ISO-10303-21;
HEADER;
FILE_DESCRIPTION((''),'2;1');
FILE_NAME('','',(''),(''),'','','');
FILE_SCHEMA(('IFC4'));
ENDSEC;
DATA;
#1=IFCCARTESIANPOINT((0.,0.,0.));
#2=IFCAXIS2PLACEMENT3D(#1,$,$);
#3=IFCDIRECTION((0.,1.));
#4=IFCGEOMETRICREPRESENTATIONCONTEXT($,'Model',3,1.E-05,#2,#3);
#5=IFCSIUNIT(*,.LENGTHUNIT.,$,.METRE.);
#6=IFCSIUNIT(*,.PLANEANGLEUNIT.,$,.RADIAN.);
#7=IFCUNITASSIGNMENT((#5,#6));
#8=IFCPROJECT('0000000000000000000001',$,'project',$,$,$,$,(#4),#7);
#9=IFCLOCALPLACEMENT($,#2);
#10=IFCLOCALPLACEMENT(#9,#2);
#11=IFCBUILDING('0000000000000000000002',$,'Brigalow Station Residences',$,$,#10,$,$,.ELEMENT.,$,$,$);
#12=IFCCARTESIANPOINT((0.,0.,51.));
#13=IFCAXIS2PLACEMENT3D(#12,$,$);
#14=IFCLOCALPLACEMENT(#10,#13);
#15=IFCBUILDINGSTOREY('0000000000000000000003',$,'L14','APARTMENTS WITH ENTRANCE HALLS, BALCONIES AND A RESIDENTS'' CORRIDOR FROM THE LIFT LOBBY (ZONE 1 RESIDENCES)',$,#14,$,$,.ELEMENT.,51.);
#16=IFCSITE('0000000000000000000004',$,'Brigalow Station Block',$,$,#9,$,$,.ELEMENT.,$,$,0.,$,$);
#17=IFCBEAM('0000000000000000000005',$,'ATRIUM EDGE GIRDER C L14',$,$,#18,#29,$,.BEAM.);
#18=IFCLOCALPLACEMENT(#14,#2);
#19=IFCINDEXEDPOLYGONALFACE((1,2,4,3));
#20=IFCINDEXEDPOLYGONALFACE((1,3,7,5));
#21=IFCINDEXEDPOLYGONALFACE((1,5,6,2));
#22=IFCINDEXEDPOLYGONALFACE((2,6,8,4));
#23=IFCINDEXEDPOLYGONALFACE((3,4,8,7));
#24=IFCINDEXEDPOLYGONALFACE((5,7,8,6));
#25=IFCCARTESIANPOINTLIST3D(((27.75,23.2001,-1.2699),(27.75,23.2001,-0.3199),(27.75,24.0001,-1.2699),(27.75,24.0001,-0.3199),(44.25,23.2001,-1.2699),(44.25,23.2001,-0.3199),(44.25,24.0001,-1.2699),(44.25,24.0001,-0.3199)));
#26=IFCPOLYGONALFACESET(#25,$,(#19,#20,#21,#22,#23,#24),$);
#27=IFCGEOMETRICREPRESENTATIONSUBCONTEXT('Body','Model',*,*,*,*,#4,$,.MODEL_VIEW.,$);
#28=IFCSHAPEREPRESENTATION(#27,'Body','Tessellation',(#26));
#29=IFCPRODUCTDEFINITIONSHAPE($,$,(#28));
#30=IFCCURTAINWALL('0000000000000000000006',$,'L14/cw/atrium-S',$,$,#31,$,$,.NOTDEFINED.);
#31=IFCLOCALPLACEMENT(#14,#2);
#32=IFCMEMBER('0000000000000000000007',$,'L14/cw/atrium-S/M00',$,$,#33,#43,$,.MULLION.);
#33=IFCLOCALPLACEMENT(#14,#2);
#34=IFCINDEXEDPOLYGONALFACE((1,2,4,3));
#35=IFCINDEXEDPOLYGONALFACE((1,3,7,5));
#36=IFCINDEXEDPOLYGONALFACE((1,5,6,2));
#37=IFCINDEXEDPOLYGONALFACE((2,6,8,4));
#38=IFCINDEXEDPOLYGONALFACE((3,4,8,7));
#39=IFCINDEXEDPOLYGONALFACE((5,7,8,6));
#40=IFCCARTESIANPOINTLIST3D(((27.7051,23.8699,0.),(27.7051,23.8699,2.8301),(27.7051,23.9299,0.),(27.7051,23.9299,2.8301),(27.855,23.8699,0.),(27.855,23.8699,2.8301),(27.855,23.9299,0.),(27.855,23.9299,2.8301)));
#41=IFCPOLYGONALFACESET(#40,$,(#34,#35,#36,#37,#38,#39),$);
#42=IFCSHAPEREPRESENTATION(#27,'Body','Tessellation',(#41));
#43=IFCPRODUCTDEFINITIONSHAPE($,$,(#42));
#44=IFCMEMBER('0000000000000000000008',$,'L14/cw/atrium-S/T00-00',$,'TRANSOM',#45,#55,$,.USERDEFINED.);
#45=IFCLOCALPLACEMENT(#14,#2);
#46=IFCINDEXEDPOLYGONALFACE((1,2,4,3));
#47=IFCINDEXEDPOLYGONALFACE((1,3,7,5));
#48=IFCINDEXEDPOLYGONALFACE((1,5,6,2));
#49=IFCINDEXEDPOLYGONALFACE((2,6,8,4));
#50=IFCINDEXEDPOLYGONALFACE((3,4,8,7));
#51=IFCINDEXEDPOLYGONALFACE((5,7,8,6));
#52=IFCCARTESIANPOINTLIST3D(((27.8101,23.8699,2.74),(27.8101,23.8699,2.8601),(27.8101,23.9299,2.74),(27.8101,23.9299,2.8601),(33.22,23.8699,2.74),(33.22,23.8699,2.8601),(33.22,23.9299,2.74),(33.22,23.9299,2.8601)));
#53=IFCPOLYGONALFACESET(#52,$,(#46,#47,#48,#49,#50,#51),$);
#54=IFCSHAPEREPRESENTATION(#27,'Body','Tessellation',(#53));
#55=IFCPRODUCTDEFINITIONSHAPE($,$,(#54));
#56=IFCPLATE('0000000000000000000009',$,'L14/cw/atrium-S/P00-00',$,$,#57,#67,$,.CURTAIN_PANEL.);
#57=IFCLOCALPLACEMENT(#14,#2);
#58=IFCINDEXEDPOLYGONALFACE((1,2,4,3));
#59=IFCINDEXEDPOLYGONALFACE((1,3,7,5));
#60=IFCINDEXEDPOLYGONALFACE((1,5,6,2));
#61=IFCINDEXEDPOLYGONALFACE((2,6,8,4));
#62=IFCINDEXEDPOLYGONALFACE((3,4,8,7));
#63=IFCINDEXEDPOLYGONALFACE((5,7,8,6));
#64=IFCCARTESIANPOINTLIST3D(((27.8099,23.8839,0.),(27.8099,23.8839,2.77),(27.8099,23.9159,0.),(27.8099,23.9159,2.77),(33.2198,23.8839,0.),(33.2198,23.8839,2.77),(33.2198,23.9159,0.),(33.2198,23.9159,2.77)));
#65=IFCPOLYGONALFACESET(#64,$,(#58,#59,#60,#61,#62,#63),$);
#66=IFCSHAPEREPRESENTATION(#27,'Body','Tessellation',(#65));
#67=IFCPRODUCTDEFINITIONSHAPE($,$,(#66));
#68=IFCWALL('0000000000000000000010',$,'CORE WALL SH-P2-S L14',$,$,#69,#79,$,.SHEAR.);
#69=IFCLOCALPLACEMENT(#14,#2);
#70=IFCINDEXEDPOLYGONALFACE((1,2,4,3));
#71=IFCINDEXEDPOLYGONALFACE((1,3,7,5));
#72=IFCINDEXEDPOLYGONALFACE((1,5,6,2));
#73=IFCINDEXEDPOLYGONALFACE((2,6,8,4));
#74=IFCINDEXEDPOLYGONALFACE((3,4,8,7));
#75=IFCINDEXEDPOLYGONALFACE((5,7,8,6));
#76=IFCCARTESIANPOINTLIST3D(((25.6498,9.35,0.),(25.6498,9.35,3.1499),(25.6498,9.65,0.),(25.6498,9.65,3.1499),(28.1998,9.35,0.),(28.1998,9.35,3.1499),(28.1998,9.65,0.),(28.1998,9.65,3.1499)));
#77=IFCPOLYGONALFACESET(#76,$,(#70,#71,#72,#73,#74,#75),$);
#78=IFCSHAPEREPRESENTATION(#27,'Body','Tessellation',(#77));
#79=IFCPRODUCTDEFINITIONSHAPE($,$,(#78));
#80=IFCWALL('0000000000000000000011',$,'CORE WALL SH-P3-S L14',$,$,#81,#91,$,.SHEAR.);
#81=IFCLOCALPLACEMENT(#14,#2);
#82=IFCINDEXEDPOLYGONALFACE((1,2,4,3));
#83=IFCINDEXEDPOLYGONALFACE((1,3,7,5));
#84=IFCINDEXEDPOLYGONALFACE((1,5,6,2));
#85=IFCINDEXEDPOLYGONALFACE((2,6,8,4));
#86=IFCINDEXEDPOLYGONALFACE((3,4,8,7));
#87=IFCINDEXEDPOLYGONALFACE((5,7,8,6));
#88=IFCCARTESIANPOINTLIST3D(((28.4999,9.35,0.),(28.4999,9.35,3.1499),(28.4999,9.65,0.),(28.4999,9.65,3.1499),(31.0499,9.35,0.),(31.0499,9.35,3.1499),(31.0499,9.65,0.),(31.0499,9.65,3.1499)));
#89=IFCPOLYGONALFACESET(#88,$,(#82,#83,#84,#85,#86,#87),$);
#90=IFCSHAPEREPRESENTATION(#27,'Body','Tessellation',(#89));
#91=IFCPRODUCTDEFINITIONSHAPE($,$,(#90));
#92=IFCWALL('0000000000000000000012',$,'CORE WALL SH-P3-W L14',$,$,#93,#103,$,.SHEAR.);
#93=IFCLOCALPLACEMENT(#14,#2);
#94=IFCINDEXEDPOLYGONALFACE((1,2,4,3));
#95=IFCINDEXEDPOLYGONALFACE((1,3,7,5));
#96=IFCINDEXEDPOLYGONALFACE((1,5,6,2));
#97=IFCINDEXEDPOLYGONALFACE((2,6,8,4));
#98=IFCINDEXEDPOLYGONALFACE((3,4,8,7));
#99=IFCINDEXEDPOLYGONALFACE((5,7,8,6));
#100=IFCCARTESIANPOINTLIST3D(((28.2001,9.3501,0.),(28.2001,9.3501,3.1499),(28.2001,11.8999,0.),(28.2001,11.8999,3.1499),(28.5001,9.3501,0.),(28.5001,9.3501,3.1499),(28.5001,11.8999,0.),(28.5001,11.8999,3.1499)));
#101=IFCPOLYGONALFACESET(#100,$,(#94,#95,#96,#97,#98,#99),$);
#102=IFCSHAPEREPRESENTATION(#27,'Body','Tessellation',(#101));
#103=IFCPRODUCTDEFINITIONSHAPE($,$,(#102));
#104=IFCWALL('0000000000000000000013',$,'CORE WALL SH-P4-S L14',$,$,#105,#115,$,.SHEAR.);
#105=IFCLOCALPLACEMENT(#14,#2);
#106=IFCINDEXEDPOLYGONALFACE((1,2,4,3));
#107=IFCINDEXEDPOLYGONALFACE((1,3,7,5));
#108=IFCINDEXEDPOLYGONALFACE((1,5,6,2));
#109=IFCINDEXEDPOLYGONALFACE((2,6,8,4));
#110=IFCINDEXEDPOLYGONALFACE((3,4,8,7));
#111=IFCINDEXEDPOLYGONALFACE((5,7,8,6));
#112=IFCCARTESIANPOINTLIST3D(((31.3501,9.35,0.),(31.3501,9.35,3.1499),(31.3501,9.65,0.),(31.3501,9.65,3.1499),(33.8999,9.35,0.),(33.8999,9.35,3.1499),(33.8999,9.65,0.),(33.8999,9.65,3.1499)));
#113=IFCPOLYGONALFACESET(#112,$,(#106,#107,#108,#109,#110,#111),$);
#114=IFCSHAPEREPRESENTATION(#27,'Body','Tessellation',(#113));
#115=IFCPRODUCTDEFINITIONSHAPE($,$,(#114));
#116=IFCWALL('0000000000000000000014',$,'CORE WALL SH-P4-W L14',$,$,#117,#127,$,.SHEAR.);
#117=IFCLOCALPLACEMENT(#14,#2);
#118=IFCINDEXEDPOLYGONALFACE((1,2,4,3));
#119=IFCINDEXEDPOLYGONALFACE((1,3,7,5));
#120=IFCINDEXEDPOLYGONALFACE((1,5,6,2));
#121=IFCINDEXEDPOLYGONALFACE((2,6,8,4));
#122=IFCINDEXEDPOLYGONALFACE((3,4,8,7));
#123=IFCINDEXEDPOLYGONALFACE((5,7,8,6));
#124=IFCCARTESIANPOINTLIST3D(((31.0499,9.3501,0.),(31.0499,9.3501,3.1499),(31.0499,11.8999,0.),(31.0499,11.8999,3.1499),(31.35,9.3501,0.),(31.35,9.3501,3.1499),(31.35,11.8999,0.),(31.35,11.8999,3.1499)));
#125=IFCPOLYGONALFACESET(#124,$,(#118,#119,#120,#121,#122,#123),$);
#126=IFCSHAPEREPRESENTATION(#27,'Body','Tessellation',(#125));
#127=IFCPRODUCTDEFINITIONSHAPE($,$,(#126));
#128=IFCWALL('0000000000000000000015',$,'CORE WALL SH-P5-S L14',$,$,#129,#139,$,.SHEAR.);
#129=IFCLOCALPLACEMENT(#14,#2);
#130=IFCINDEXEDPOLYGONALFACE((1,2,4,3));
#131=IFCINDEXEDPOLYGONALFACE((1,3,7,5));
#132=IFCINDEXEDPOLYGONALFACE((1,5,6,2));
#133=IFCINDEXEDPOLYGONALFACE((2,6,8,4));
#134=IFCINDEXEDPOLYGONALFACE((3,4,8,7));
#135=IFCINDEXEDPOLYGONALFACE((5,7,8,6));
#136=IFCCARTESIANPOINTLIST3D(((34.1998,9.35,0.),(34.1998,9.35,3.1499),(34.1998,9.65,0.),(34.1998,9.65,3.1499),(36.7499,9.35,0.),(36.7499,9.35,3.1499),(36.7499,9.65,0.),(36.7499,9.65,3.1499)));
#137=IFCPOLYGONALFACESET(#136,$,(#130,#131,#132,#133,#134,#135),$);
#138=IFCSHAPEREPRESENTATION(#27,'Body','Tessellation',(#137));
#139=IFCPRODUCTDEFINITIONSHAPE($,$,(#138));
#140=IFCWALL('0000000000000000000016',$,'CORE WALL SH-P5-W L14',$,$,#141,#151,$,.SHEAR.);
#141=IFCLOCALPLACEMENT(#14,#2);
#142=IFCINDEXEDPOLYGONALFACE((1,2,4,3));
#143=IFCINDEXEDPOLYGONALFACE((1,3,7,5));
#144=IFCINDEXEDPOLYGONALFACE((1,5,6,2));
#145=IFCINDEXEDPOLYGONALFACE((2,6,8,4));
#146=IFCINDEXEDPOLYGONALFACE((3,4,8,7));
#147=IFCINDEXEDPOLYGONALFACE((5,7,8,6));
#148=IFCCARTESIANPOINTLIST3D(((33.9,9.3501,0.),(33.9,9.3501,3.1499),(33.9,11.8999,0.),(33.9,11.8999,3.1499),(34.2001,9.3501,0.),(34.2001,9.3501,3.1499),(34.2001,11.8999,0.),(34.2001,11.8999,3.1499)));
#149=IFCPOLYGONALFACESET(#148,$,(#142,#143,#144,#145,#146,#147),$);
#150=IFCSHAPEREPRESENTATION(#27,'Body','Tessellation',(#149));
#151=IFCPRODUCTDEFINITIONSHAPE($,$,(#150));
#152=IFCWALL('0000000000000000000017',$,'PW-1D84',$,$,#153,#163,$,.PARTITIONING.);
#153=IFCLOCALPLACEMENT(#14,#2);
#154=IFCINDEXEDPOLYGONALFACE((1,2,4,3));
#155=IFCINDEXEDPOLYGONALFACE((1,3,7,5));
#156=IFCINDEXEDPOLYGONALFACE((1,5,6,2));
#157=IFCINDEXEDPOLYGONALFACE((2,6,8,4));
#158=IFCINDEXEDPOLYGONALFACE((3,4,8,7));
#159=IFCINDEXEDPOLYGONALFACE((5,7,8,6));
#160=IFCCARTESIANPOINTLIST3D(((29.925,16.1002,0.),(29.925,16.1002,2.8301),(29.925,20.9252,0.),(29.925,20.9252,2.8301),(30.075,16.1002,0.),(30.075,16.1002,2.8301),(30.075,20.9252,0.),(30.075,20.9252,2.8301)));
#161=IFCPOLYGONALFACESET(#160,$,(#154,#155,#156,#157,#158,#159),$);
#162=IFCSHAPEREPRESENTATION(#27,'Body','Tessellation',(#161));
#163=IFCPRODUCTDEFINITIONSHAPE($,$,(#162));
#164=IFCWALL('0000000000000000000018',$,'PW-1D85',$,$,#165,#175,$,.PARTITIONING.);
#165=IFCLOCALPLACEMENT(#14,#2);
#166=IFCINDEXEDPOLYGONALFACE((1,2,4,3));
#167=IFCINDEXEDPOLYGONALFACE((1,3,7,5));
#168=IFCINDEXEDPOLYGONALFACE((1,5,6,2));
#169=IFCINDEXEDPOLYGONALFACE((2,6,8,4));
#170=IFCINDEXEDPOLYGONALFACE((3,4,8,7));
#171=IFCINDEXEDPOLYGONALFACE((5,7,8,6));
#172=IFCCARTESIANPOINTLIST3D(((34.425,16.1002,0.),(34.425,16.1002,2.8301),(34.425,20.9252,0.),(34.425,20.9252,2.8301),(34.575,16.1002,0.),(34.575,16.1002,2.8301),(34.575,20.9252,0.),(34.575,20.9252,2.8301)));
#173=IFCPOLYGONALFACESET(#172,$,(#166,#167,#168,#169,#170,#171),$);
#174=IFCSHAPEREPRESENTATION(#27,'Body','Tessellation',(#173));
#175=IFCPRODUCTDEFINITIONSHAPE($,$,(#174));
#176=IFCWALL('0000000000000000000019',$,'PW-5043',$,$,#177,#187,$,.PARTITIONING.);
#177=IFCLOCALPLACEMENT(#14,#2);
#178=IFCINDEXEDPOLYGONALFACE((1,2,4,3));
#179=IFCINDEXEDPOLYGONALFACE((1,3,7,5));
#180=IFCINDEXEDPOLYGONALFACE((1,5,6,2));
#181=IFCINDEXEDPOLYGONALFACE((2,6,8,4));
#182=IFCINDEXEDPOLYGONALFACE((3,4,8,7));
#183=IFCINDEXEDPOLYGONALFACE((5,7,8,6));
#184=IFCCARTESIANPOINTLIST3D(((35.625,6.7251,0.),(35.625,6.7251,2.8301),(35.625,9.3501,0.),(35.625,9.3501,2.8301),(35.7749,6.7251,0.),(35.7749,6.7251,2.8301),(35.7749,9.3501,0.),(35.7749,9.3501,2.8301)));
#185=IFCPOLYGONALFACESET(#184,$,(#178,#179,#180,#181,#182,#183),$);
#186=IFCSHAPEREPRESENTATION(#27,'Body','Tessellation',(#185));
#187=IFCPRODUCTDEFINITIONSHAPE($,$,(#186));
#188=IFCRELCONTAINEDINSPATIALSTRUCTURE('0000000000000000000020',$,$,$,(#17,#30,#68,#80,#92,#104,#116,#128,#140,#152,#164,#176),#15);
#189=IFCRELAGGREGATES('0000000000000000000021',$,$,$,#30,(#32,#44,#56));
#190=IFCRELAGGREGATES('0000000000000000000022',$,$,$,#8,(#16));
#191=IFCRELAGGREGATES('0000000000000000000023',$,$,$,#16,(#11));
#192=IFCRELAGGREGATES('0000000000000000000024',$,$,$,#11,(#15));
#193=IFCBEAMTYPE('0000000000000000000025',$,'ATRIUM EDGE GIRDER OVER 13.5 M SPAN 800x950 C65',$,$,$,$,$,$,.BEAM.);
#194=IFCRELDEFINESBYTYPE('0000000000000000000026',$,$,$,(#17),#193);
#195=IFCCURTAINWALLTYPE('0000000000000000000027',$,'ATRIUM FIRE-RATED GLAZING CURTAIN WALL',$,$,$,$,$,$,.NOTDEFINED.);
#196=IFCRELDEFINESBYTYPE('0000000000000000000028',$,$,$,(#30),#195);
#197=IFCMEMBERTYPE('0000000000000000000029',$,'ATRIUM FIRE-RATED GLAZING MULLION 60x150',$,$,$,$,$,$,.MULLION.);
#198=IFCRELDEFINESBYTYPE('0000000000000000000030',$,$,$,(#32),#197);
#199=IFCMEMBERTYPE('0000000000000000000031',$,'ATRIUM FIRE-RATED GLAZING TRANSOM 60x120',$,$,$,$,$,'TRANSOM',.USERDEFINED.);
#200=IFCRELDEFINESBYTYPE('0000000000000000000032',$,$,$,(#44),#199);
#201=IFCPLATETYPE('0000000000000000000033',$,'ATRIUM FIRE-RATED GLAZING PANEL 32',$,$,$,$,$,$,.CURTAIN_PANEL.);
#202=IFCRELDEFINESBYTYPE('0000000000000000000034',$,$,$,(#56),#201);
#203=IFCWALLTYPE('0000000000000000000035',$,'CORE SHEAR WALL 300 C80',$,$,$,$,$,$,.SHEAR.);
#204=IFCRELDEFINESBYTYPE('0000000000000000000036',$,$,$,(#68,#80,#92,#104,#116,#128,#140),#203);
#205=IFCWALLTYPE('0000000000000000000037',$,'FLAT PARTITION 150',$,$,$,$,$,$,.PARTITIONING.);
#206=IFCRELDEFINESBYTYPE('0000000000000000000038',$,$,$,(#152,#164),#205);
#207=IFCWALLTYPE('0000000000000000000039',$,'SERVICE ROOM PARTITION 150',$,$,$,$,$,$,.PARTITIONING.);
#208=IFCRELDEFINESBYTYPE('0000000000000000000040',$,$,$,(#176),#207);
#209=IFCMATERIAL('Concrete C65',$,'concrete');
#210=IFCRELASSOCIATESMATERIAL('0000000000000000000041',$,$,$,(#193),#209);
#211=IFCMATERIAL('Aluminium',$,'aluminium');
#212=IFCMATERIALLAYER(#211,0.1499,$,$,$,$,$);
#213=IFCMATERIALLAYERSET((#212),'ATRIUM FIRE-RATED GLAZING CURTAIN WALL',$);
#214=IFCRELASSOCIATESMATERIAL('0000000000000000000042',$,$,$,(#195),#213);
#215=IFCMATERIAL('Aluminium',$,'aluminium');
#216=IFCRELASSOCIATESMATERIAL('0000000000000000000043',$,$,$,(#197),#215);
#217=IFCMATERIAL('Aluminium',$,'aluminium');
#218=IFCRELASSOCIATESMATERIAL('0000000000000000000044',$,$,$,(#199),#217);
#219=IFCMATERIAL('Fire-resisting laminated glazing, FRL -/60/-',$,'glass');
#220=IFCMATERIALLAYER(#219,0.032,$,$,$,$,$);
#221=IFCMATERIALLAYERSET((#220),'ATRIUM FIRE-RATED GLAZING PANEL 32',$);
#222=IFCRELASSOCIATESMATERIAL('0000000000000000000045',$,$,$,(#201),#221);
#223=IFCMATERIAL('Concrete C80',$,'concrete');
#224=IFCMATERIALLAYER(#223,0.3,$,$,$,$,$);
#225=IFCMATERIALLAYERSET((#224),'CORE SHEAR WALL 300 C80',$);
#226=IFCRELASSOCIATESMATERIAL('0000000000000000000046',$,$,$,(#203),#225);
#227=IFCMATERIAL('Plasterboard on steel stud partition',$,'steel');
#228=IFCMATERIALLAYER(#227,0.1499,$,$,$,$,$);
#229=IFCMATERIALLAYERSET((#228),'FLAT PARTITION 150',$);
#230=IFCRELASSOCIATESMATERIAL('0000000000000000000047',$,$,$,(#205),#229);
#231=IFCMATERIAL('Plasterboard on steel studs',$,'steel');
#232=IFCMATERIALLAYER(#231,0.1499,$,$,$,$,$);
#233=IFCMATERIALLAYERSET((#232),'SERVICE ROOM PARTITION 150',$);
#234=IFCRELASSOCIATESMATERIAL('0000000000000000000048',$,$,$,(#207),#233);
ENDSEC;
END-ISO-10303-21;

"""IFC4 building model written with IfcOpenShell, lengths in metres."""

from ifc_helpers import new_model, si_unit, direction, frame, frame_2d, origin, origin_2d, place, context, subcontext, project, spatial, rectangle, extrude, material, layer, layer_set, material_profile, profile_set, type_object, element, aggregate, save


model = new_model("IFC4")

# Units and contexts
model_context = context("Model", 3, precision=1e-05, world=origin(), true_north=direction((0.0, 1.0)))
body_context = subcontext(model_context, "Body", "Model", "MODEL_VIEW")
ifc_project = project(units=[si_unit("LENGTHUNIT", "METRE"), si_unit("PLANEANGLEUNIT", "RADIAN")], contexts=[model_context])

# Site, building, storey
site_placement = place(None, origin())
site = spatial("IfcSite", under=ifc_project, at=site_placement, Name="Brigalow Station Block", CompositionType="ELEMENT", RefElevation=0.0)
building_placement = place(site_placement, origin())
building = spatial("IfcBuilding", under=site, at=building_placement, Name="Brigalow Station Residences", CompositionType="ELEMENT")
storey_placement = place(building_placement, frame((0.0, 0.0, 51.0)))
storey = spatial("IfcBuildingStorey", under=building, at=storey_placement, Name="L14", Description="APARTMENTS WITH ENTRANCE HALLS, BALCONIES AND A RESIDENTS' CORRIDOR FROM THE LIFT LOBBY (ZONE 1 RESIDENCES)", CompositionType="ELEMENT", Elevation=51.0)

# Beam
ifc_material_1 = material(Name="Concrete C65", Category="concrete")
ifc_material_profile_1 = material_profile(ifc_material_1, rectangle(XDim=0.8, YDim=0.95, at=origin_2d()), Name="RC800x950")
ifc_profile_set_1 = profile_set([ifc_material_profile_1], Name="Concrete C65")
beam_type = type_object("IfcBeamType", Name="ATRIUM EDGE GIRDER OVER 13.5 M SPAN 800x950 C65", PredefinedType="BEAM", material=ifc_profile_set_1)
beam_placement = place(storey_placement, frame((27.75, 23.6001, -0.7949), z_axis=(1.0, 0.0, 0.0), x_axis=(0.0, 1.0, 0.0)))
element("IfcBeam", 1, at=beam_placement, inside=storey, type_object=beam_type, Name="ATRIUM EDGE GIRDER C L14", PredefinedType="BEAM", context=body_context, shape_type="SweptSolid", body=[
    extrude(rectangle(XDim=0.8, YDim=0.95, at=origin_2d()), origin(), (0.0, 0.0, 1.0), 16.5),
])

# Curtain wall, members, plate
ifc_material_2 = material(Name="Aluminium", Category="aluminium")
ifc_layer_1 = layer(ifc_material_2, 0.1499)
ifc_layer_set_1 = layer_set([ifc_layer_1], Name="ATRIUM FIRE-RATED GLAZING CURTAIN WALL")
curtain_wall_type = type_object("IfcCurtainWallType", Name="ATRIUM FIRE-RATED GLAZING CURTAIN WALL", PredefinedType="NOTDEFINED", material=ifc_layer_set_1)
curtain_wall_placement = place(storey_placement, origin())
curtain_wall = element("IfcCurtainWall", 2, at=curtain_wall_placement, inside=storey, type_object=curtain_wall_type, Name="L14/cw/atrium-S", PredefinedType="NOTDEFINED")
ifc_material_3 = material(Name="Aluminium", Category="aluminium")
ifc_material_profile_2 = material_profile(ifc_material_3, rectangle(XDim=0.0601, YDim=0.1499, at=origin_2d()), Name="ATRIUM FIRE-RATED GLAZING MULLION 60x150")
ifc_profile_set_2 = profile_set([ifc_material_profile_2], Name="Aluminium")
member_type_1 = type_object("IfcMemberType", Name="ATRIUM FIRE-RATED GLAZING MULLION 60x150", PredefinedType="MULLION", material=ifc_profile_set_2)
member_1_placement = place(storey_placement, frame((27.78, 23.8999, 0.0), z_axis=(0.0, 0.0, 1.0), x_axis=(0.0, 1.0, 0.0)))
member_1 = element("IfcMember", 3, at=member_1_placement, type_object=member_type_1, Name="L14/cw/atrium-S/M00", PredefinedType="MULLION", context=body_context, shape_type="SweptSolid", body=[
    extrude(rectangle(XDim=0.0601, YDim=0.1499, at=origin_2d()), origin(), (0.0, 0.0, 1.0), 2.8301),
])
ifc_material_4 = material(Name="Aluminium", Category="aluminium")
ifc_material_profile_3 = material_profile(ifc_material_4, rectangle(XDim=0.0601, YDim=0.1201, at=origin_2d()), Name="ATRIUM FIRE-RATED GLAZING TRANSOM 60x120")
ifc_profile_set_3 = profile_set([ifc_material_profile_3], Name="Aluminium")
member_type_2 = type_object("IfcMemberType", Name="ATRIUM FIRE-RATED GLAZING TRANSOM 60x120", ElementType="TRANSOM", PredefinedType="USERDEFINED", material=ifc_profile_set_3)
member_2_placement = place(storey_placement, frame((27.8101, 23.8999, 2.8), z_axis=(1.0, 0.0, 0.0), x_axis=(0.0, 1.0, 0.0)))
member_2 = element("IfcMember", 4, at=member_2_placement, type_object=member_type_2, Name="L14/cw/atrium-S/T00-00", ObjectType="TRANSOM", PredefinedType="USERDEFINED", context=body_context, shape_type="SweptSolid", body=[
    extrude(rectangle(XDim=0.0601, YDim=0.1201, at=origin_2d()), origin(), (0.0, 0.0, 1.0), 5.4099),
])
ifc_material_5 = material(Name="Fire-resisting laminated glazing, FRL -/60/-", Category="glass")
ifc_layer_2 = layer(ifc_material_5, 0.032)
ifc_layer_set_2 = layer_set([ifc_layer_2], Name="ATRIUM FIRE-RATED GLAZING PANEL 32")
plate_type = type_object("IfcPlateType", Name="ATRIUM FIRE-RATED GLAZING PANEL 32", PredefinedType="CURTAIN_PANEL", material=ifc_layer_set_2)
plate_placement = place(storey_placement, frame((30.5149, 23.8999, 0.0), z_axis=(0.0, 0.0, 1.0), x_axis=(1.0, 0.0, 0.0)))
plate = element("IfcPlate", 5, at=plate_placement, type_object=plate_type, Name="L14/cw/atrium-S/P00-00", PredefinedType="CURTAIN_PANEL", context=body_context, shape_type="SweptSolid", body=[
    extrude(rectangle(XDim=5.4099, YDim=0.032, at=origin_2d()), origin(), (0.0, 0.0, 1.0), 2.77),
])
aggregate(curtain_wall, [member_1, member_2, plate])

# Walls
ifc_material_6 = material(Name="Concrete C80", Category="concrete")
ifc_layer_3 = layer(ifc_material_6, 0.3)
ifc_layer_set_3 = layer_set([ifc_layer_3], Name="CORE SHEAR WALL 300 C80")
wall_type_1 = type_object("IfcWallType", Name="CORE SHEAR WALL 300 C80", PredefinedType="SHEAR", material=ifc_layer_set_3)
for number, where, z_axis, x_axis, name in (
    (6, (25.6499, 9.5, 0.0), (0.0, 0.0, 1.0), (1.0, 0.0, 0.0), "CORE WALL SH-P2-S L14"),
    (7, (28.5, 9.5, 0.0), (0.0, 0.0, 1.0), (1.0, 0.0, 0.0), "CORE WALL SH-P3-S L14"),
):
    element("IfcWall", number, at=place(storey_placement, frame(where, z_axis=z_axis, x_axis=x_axis)), inside=storey, type_object=wall_type_1, Name=name, PredefinedType="SHEAR", context=body_context, shape_type="SweptSolid", body=[
        extrude(rectangle(XDim=2.55, YDim=0.3, at=frame_2d((1.2749, 0.0))), origin(), (0.0, 0.0, 1.0), 3.1499),
    ])
for number, where, z_axis, x_axis, name in (
    (8, (28.3501, 9.3501, 0.0), (0.0, 0.0, 1.0), (0.0, 1.0, 0.0), "CORE WALL SH-P3-W L14"),
    (9, (31.3501, 9.5, 0.0), (0.0, 0.0, 1.0), (1.0, 0.0, 0.0), "CORE WALL SH-P4-S L14"),
    (10, (31.2, 9.3501, 0.0), (0.0, 0.0, 1.0), (0.0, 1.0, 0.0), "CORE WALL SH-P4-W L14"),
):
    element("IfcWall", number, at=place(storey_placement, frame(where, z_axis=z_axis, x_axis=x_axis)), inside=storey, type_object=wall_type_1, Name=name, PredefinedType="SHEAR", context=body_context, shape_type="SweptSolid", body=[
        extrude(rectangle(XDim=2.5498, YDim=0.3, at=frame_2d((1.2749, 0.0))), origin(), (0.0, 0.0, 1.0), 3.1499),
    ])
wall_1_placement = place(storey_placement, frame((34.2, 9.5, 0.0), z_axis=(0.0, 0.0, 1.0), x_axis=(1.0, 0.0, 0.0)))
element("IfcWall", 11, at=wall_1_placement, inside=storey, type_object=wall_type_1, Name="CORE WALL SH-P5-S L14", PredefinedType="SHEAR", context=body_context, shape_type="SweptSolid", body=[
    extrude(rectangle(XDim=2.55, YDim=0.3, at=frame_2d((1.2749, 0.0))), origin(), (0.0, 0.0, 1.0), 3.1499),
])
wall_2_placement = place(storey_placement, frame((34.05, 9.3501, 0.0), z_axis=(0.0, 0.0, 1.0), x_axis=(0.0, 1.0, 0.0)))
element("IfcWall", 12, at=wall_2_placement, inside=storey, type_object=wall_type_1, Name="CORE WALL SH-P5-W L14", PredefinedType="SHEAR", context=body_context, shape_type="SweptSolid", body=[
    extrude(rectangle(XDim=2.5498, YDim=0.3, at=frame_2d((1.2749, 0.0))), origin(), (0.0, 0.0, 1.0), 3.1499),
])
ifc_material_7 = material(Name="Plasterboard on steel stud partition", Category="steel")
ifc_layer_4 = layer(ifc_material_7, 0.1499)
ifc_layer_set_4 = layer_set([ifc_layer_4], Name="FLAT PARTITION 150")
wall_type_2 = type_object("IfcWallType", Name="FLAT PARTITION 150", PredefinedType="PARTITIONING", material=ifc_layer_set_4)
for number, where, z_axis, x_axis, name in (
    (13, (30.0, 16.1001, 0.0), (0.0, 0.0, 1.0), (0.0, 1.0, 0.0), "PW-1D84"),
    (14, (34.5, 16.1001, 0.0), (0.0, 0.0, 1.0), (0.0, 1.0, 0.0), "PW-1D85"),
):
    element("IfcWall", number, at=place(storey_placement, frame(where, z_axis=z_axis, x_axis=x_axis)), inside=storey, type_object=wall_type_2, Name=name, PredefinedType="PARTITIONING", context=body_context, shape_type="SweptSolid", body=[
        extrude(rectangle(XDim=4.825, YDim=0.1499, at=frame_2d((2.4126, 0.0))), origin(), (0.0, 0.0, 1.0), 2.8301),
    ])
ifc_material_8 = material(Name="Plasterboard on steel studs", Category="steel")
ifc_layer_5 = layer(ifc_material_8, 0.1499)
ifc_layer_set_5 = layer_set([ifc_layer_5], Name="SERVICE ROOM PARTITION 150")
wall_type_3 = type_object("IfcWallType", Name="SERVICE ROOM PARTITION 150", PredefinedType="PARTITIONING", material=ifc_layer_set_5)
wall_3_placement = place(storey_placement, frame((35.7, 6.7251, 0.0), z_axis=(0.0, 0.0, 1.0), x_axis=(0.0, 1.0, 0.0)))
element("IfcWall", 15, at=wall_3_placement, inside=storey, type_object=wall_type_3, Name="PW-5043", PredefinedType="PARTITIONING", context=body_context, shape_type="SweptSolid", body=[
    extrude(rectangle(XDim=2.625, YDim=0.1499, at=frame_2d((1.3125, 0.0))), origin(), (0.0, 0.0, 1.0), 2.8301),
])

save(model, "model.ifc")
